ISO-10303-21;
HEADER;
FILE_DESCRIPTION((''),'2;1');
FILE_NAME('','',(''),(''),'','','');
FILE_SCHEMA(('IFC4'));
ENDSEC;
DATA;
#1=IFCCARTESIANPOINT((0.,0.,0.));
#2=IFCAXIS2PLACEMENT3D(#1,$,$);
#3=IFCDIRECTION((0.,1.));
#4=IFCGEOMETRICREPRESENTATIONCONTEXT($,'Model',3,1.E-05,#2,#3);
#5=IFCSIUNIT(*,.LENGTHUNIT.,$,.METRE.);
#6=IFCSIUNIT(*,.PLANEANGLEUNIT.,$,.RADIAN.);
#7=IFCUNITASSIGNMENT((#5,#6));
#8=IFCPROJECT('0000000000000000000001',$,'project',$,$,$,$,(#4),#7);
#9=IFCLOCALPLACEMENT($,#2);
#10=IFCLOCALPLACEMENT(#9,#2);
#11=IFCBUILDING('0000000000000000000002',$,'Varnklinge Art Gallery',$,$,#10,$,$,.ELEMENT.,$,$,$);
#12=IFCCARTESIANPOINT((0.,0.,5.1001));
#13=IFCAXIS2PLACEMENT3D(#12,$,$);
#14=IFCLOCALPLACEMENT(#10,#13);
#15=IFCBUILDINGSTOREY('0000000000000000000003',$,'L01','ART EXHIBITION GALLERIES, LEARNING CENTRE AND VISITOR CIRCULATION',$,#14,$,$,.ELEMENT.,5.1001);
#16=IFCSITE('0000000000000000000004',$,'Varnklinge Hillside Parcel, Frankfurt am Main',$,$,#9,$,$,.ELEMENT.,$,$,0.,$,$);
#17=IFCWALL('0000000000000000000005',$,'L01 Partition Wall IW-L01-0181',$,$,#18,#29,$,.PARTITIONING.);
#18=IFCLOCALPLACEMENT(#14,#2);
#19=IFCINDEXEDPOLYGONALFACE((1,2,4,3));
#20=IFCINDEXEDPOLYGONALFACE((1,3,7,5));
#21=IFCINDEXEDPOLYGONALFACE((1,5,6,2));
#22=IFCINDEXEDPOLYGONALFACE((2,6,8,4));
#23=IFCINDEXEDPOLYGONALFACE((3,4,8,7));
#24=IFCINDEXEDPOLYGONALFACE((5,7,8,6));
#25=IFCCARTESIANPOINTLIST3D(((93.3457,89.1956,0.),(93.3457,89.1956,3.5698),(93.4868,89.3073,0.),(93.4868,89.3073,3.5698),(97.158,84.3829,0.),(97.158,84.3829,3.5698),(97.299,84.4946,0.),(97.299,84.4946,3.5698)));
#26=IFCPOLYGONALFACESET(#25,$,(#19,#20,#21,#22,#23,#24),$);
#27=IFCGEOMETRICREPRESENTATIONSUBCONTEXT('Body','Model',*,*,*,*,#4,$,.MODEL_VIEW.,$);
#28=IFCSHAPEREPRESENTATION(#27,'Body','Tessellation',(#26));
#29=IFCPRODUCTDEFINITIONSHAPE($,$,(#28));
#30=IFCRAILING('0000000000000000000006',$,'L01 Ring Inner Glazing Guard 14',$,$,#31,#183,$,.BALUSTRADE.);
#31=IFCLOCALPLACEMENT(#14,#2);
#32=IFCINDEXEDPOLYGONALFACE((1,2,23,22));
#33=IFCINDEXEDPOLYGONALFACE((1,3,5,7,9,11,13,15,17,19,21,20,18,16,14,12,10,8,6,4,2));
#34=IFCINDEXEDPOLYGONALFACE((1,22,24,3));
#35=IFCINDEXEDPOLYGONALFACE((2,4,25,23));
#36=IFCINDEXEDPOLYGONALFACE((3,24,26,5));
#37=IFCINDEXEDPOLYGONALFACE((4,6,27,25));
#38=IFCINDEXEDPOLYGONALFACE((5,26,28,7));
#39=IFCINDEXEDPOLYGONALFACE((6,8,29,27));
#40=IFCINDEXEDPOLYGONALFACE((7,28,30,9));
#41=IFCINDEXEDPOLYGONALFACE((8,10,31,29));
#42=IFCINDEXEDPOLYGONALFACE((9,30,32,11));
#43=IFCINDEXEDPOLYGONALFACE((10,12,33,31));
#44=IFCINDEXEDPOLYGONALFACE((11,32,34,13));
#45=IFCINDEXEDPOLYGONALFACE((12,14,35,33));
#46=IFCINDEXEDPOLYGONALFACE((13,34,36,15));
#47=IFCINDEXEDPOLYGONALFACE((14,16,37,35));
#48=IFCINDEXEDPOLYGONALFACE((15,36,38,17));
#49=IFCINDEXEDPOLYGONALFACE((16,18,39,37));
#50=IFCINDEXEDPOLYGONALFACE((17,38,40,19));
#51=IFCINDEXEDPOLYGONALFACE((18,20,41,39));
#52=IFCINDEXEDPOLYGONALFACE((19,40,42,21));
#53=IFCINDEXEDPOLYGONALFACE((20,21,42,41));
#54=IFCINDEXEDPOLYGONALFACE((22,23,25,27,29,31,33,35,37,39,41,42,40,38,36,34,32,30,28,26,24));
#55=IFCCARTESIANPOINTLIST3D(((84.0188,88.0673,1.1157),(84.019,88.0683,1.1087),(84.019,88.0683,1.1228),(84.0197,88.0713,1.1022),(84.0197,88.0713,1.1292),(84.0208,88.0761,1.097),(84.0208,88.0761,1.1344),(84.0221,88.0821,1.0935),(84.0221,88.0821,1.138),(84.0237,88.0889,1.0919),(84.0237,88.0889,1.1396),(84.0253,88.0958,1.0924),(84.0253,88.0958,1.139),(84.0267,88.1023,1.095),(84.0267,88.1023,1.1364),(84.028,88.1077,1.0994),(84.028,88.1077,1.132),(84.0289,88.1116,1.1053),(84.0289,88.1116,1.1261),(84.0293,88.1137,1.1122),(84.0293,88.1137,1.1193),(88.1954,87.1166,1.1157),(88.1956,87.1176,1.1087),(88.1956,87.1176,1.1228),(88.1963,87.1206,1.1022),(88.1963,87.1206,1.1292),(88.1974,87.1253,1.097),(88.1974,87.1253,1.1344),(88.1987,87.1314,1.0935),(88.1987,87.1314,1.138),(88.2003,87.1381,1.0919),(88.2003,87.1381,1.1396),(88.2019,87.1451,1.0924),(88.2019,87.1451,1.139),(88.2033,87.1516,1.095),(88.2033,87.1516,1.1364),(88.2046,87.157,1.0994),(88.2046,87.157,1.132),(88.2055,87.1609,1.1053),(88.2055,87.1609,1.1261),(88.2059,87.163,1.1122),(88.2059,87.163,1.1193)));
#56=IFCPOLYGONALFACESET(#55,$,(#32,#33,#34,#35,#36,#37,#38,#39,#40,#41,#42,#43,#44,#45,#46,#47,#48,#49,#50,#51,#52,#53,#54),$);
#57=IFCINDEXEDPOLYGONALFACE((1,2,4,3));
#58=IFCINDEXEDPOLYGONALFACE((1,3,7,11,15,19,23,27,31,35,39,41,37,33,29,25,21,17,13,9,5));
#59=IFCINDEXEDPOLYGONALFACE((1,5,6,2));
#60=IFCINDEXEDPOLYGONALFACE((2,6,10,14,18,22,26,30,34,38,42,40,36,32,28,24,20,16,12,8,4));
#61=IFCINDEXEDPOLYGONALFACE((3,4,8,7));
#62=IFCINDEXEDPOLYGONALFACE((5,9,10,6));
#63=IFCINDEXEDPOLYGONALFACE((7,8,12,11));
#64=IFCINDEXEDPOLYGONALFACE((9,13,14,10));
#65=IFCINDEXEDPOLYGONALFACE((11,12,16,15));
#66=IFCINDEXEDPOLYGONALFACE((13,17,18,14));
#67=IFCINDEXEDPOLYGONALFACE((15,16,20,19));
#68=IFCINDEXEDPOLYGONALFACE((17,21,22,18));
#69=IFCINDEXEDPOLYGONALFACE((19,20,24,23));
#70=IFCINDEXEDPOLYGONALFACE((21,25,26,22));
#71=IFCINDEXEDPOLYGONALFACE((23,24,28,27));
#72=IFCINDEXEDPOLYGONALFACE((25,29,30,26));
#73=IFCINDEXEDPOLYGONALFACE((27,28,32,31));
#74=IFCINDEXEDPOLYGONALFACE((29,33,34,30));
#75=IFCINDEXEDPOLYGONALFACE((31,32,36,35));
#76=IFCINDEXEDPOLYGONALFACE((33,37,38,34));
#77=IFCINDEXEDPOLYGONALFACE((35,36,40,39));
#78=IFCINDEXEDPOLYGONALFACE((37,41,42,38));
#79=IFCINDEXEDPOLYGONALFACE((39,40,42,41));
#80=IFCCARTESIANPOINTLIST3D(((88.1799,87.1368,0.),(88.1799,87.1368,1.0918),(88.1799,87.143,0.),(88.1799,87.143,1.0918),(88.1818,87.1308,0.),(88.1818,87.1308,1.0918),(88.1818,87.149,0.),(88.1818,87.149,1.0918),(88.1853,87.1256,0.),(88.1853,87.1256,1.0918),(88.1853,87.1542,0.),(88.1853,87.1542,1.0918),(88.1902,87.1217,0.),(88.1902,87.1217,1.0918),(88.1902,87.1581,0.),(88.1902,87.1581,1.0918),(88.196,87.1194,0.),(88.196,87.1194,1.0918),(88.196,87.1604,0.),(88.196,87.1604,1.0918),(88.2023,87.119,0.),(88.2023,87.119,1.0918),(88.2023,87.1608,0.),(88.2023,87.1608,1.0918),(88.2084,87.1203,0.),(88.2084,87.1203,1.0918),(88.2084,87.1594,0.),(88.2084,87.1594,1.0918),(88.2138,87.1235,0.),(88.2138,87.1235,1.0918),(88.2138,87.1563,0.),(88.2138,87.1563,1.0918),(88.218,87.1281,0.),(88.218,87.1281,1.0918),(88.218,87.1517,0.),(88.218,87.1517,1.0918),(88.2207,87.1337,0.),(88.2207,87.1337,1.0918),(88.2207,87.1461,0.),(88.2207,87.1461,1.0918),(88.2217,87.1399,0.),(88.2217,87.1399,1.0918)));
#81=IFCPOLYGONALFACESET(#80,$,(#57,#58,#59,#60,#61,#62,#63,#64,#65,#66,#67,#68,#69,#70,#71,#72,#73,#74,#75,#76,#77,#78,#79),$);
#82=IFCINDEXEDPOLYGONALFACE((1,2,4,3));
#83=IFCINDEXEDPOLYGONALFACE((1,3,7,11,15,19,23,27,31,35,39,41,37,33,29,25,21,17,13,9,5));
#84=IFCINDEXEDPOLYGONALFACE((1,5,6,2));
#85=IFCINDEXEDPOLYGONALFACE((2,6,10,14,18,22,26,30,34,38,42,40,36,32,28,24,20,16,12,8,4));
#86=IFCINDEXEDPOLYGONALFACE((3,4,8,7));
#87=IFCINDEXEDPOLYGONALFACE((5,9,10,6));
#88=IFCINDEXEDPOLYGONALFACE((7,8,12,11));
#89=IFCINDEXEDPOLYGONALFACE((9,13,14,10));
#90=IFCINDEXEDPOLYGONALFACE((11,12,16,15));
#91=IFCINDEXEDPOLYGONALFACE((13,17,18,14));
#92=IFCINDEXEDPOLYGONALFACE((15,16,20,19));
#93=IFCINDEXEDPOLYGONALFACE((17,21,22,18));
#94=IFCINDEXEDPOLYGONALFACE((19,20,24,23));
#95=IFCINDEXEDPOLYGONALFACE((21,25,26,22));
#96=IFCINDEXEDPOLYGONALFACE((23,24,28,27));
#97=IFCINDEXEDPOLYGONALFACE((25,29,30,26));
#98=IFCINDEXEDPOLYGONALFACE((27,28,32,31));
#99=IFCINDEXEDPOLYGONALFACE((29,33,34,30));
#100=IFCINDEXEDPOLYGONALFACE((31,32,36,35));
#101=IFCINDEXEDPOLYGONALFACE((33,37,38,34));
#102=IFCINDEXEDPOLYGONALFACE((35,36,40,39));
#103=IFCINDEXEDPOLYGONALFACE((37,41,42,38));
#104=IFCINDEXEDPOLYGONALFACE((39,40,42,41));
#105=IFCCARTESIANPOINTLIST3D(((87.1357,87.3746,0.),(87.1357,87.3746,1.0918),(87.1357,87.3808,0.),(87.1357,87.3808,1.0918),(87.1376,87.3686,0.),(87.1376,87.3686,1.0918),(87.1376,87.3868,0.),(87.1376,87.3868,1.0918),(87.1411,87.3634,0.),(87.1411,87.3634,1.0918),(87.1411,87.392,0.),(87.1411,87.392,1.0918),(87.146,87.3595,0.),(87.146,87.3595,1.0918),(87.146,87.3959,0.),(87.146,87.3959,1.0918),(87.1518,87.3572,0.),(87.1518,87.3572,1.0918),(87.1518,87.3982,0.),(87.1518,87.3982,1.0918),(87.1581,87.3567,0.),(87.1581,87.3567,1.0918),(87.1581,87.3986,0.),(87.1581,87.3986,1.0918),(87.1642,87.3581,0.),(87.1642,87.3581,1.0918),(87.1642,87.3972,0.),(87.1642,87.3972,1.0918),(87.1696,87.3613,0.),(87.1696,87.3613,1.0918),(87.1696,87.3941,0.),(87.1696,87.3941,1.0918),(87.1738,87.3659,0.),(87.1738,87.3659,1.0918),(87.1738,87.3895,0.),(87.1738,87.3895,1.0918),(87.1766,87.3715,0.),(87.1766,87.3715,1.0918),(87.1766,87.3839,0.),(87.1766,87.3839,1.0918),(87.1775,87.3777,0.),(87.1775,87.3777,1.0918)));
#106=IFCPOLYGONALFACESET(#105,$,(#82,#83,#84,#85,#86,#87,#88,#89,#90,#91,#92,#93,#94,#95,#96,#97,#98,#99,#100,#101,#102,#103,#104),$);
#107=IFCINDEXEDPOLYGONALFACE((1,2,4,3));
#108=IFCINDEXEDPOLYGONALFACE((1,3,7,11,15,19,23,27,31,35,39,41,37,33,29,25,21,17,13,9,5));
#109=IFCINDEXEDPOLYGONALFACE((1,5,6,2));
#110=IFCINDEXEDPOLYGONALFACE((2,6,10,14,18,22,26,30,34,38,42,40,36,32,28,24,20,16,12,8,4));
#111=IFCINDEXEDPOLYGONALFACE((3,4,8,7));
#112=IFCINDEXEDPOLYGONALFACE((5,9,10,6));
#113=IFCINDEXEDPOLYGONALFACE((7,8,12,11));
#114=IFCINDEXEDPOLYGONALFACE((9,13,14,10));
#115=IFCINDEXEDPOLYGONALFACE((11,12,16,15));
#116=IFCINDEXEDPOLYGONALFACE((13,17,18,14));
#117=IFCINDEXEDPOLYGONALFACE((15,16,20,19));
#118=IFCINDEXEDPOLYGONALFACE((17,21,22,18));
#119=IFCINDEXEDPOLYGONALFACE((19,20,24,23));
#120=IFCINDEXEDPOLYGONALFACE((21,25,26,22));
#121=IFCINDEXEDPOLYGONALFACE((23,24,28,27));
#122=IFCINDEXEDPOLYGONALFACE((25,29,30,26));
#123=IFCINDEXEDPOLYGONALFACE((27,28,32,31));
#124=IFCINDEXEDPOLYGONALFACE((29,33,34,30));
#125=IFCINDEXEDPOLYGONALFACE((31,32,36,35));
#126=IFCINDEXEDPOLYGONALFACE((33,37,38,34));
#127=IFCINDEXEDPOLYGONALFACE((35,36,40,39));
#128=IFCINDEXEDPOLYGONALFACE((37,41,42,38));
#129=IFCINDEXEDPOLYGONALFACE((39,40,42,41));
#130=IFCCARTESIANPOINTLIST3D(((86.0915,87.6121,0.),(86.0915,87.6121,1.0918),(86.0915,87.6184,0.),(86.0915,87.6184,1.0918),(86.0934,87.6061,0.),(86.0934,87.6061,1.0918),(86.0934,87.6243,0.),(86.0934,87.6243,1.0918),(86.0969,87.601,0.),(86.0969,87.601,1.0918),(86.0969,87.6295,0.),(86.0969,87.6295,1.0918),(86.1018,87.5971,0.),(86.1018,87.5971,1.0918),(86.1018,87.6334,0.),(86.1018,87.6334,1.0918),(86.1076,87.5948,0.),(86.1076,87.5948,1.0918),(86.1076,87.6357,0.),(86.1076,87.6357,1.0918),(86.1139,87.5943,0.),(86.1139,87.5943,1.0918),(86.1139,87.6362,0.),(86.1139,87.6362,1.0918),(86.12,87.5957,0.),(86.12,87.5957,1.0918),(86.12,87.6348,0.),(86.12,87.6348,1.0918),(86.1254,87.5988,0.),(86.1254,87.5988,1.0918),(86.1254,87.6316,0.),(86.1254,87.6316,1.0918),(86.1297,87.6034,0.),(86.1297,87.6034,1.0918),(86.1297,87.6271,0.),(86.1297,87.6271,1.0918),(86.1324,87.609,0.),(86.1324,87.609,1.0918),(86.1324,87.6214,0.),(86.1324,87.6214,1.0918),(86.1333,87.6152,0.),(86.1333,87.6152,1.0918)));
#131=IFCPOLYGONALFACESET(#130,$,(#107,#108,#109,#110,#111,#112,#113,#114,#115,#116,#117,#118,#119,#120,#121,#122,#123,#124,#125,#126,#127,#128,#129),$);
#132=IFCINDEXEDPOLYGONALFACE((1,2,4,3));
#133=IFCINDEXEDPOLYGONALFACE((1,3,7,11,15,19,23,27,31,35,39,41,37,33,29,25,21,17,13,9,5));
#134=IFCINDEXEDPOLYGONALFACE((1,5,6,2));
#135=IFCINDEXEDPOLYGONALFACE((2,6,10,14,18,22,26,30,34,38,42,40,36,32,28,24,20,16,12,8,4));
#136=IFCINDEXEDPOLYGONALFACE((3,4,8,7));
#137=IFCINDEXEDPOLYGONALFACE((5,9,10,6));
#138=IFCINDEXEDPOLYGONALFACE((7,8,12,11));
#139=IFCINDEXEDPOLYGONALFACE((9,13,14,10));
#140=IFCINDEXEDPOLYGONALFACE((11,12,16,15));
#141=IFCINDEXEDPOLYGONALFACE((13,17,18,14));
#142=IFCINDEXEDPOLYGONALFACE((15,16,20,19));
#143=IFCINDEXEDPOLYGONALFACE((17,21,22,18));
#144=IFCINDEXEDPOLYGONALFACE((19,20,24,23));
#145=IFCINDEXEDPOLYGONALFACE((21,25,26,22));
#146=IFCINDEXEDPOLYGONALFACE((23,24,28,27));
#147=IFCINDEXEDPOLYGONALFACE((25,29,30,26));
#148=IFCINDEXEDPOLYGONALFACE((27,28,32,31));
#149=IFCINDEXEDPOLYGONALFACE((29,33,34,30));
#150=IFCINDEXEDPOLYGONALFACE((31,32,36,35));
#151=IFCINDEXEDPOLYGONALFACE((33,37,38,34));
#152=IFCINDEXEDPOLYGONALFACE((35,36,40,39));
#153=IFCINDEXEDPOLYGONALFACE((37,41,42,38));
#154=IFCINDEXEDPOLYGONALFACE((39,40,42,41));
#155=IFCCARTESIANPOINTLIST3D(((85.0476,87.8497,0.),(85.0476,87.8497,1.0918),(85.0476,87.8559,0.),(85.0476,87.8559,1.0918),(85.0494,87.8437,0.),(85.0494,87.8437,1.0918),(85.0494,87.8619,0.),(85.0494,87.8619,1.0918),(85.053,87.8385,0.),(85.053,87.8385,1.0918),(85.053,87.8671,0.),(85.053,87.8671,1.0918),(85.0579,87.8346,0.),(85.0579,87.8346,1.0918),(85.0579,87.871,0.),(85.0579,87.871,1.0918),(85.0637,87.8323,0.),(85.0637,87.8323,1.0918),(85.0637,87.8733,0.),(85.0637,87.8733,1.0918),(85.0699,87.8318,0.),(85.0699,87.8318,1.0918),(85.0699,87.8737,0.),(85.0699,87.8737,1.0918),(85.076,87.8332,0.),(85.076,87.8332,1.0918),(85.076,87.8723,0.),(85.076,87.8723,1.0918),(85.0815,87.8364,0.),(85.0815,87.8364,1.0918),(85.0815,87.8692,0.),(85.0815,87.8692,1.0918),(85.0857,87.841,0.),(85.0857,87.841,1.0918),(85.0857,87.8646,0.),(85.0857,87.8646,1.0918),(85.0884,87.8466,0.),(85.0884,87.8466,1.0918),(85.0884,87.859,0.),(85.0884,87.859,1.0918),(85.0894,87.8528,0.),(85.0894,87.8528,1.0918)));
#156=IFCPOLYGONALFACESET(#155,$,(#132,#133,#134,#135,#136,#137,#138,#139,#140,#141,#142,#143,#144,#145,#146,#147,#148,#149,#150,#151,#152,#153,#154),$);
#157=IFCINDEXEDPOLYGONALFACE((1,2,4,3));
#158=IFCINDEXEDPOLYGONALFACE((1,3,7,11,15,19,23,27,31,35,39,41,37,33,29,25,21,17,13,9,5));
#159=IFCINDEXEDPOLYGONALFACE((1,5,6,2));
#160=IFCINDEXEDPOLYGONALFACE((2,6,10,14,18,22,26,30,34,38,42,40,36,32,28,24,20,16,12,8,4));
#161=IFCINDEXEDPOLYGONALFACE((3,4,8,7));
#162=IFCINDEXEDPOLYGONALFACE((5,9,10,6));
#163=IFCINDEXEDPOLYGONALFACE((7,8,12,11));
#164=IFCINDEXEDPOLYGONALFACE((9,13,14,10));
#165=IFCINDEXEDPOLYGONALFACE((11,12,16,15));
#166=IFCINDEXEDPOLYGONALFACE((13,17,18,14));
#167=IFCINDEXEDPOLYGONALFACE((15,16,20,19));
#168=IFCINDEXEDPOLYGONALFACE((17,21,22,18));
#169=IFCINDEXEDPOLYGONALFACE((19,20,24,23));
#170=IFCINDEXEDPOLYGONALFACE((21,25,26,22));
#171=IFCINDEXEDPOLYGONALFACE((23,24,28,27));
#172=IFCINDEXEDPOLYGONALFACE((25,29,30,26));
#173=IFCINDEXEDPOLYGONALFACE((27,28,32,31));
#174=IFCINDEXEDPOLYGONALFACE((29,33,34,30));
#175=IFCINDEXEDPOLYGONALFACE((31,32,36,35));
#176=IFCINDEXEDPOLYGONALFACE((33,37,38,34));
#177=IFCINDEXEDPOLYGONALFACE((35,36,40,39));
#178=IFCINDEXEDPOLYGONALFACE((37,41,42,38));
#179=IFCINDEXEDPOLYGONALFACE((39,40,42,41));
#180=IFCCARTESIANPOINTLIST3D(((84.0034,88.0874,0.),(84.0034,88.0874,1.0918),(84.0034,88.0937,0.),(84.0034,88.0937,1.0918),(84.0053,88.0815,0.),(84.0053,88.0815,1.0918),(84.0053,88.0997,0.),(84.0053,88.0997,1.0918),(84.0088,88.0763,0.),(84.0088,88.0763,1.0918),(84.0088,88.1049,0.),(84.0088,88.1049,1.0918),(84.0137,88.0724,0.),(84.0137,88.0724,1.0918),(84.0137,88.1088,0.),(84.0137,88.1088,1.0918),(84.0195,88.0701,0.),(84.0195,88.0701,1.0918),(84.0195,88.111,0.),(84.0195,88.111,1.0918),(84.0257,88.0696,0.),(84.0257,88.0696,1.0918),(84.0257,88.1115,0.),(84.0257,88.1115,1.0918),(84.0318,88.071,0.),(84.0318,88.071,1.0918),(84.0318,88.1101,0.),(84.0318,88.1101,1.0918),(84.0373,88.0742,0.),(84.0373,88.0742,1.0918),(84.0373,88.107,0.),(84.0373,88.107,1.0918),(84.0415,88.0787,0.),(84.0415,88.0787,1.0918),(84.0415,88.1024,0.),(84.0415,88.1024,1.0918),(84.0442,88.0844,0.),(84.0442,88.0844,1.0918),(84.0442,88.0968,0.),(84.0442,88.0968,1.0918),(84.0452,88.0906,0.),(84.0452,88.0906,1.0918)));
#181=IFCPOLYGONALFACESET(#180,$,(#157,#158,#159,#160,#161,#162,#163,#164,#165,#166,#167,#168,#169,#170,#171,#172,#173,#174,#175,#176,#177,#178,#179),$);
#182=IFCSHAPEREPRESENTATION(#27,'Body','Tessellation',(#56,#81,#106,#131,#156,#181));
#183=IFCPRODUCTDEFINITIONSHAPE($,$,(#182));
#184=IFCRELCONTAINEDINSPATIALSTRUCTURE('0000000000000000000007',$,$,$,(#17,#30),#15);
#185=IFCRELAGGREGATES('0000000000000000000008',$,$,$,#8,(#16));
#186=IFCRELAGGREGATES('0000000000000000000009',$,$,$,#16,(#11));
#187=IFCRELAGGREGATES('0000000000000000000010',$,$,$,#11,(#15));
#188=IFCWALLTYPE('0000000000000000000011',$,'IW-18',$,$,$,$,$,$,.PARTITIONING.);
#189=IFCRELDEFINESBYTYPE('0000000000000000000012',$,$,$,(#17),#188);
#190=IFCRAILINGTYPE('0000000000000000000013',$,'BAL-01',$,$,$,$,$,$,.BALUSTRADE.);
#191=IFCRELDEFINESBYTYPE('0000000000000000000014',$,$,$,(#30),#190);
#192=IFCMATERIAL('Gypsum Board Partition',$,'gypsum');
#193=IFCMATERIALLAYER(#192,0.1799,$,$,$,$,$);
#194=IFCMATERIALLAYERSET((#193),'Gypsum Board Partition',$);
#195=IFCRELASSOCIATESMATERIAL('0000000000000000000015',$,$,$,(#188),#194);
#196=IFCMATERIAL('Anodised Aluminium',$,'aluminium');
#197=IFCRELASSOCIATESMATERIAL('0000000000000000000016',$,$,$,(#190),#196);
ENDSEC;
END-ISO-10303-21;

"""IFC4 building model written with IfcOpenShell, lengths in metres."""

from ifc_helpers import new_model, si_unit, direction, frame, frame_2d, origin, origin_2d, place, context, subcontext, project, spatial, rectangle, circle, extrude, material, layer, layer_set, type_object, element, save


model = new_model("IFC4")

# Units and contexts
model_context = context("Model", 3, precision=1e-05, world=origin(), true_north=direction((0.0, 1.0)))
body_context = subcontext(model_context, "Body", "Model", "MODEL_VIEW")
ifc_project = project(units=[si_unit("LENGTHUNIT", "METRE"), si_unit("PLANEANGLEUNIT", "RADIAN")], contexts=[model_context])

# Site, building, storey
site_placement = place(None, origin())
site = spatial("IfcSite", under=ifc_project, at=site_placement, Name="Varnklinge Hillside Parcel, Frankfurt am Main", CompositionType="ELEMENT", RefElevation=0.0)
building_placement = place(site_placement, origin())
building = spatial("IfcBuilding", under=site, at=building_placement, Name="Varnklinge Art Gallery", CompositionType="ELEMENT")
storey_placement = place(building_placement, frame((0.0, 0.0, 5.1001)))
storey = spatial("IfcBuildingStorey", under=building, at=storey_placement, Name="L01", Description="ART EXHIBITION GALLERIES, LEARNING CENTRE AND VISITOR CIRCULATION", CompositionType="ELEMENT", Elevation=5.1001)

# Wall
ifc_material_1 = material(Name="Gypsum Board Partition", Category="gypsum")
ifc_layer_1 = layer(ifc_material_1, 0.1799)
ifc_layer_set_1 = layer_set([ifc_layer_1], Name="Gypsum Board Partition")
wall_type = type_object("IfcWallType", Name="IW-18", PredefinedType="PARTITIONING", material=ifc_layer_set_1)
wall_1_placement = place(storey_placement, frame((93.4163, 89.2515, 0.0), z_axis=(0.0, 0.0, 1.0), x_axis=(0.62092, -0.783874, 0.0)))
element("IfcWall", 1, at=wall_1_placement, inside=storey, type_object=wall_type, Name="L01 Partition Wall IW-L01-0181", PredefinedType="PARTITIONING", context=body_context, shape_type="SweptSolid", body=[
    extrude(rectangle(XDim=6.1396, YDim=0.1799, at=frame_2d((3.0698, 0.0))), origin(), (0.0, 0.0, 1.0), 3.5698),
])

# Railing
ifc_material_2 = material(Name="Anodised Aluminium", Category="aluminium")
railing_type = type_object("IfcRailingType", Name="BAL-01", PredefinedType="BALUSTRADE", material=ifc_material_2)
railing_1_placement = place(storey_placement, frame((88.2007, 87.1399, 0.0)))
element("IfcRailing", 2, at=railing_1_placement, inside=storey, type_object=railing_type, Name="L01 Ring Inner Glazing Guard 14", PredefinedType="BALUSTRADE", context=body_context, shape_type="SweptSolid", body=[
    extrude(circle(Radius=0.0239, at=origin_2d()), frame((0.0, 0.0, 1.1157), z_axis=(-0.975058, 0.221949, 0.0), x_axis=(-0.221949, -0.975058, 0.0)), (0.0, 0.0, 1.0), 4.2834),
    extrude(circle(Radius=0.021, at=origin_2d()), origin(), (0.0, 0.0, 1.0), 1.0918),
    extrude(circle(Radius=0.021, at=origin_2d()), frame((-1.0442, 0.2378, 0.0)), (0.0, 0.0, 1.0), 1.0918),
    extrude(circle(Radius=0.021, at=origin_2d()), frame((-2.0884, 0.4753, 0.0)), (0.0, 0.0, 1.0), 1.0918),
    extrude(circle(Radius=0.021, at=origin_2d()), frame((-3.1323, 0.7129, 0.0)), (0.0, 0.0, 1.0), 1.0918),
    extrude(circle(Radius=0.021, at=origin_2d()), frame((-4.1765, 0.9507, 0.0)), (0.0, 0.0, 1.0), 1.0918),
])

save(model, "model.ifc")
